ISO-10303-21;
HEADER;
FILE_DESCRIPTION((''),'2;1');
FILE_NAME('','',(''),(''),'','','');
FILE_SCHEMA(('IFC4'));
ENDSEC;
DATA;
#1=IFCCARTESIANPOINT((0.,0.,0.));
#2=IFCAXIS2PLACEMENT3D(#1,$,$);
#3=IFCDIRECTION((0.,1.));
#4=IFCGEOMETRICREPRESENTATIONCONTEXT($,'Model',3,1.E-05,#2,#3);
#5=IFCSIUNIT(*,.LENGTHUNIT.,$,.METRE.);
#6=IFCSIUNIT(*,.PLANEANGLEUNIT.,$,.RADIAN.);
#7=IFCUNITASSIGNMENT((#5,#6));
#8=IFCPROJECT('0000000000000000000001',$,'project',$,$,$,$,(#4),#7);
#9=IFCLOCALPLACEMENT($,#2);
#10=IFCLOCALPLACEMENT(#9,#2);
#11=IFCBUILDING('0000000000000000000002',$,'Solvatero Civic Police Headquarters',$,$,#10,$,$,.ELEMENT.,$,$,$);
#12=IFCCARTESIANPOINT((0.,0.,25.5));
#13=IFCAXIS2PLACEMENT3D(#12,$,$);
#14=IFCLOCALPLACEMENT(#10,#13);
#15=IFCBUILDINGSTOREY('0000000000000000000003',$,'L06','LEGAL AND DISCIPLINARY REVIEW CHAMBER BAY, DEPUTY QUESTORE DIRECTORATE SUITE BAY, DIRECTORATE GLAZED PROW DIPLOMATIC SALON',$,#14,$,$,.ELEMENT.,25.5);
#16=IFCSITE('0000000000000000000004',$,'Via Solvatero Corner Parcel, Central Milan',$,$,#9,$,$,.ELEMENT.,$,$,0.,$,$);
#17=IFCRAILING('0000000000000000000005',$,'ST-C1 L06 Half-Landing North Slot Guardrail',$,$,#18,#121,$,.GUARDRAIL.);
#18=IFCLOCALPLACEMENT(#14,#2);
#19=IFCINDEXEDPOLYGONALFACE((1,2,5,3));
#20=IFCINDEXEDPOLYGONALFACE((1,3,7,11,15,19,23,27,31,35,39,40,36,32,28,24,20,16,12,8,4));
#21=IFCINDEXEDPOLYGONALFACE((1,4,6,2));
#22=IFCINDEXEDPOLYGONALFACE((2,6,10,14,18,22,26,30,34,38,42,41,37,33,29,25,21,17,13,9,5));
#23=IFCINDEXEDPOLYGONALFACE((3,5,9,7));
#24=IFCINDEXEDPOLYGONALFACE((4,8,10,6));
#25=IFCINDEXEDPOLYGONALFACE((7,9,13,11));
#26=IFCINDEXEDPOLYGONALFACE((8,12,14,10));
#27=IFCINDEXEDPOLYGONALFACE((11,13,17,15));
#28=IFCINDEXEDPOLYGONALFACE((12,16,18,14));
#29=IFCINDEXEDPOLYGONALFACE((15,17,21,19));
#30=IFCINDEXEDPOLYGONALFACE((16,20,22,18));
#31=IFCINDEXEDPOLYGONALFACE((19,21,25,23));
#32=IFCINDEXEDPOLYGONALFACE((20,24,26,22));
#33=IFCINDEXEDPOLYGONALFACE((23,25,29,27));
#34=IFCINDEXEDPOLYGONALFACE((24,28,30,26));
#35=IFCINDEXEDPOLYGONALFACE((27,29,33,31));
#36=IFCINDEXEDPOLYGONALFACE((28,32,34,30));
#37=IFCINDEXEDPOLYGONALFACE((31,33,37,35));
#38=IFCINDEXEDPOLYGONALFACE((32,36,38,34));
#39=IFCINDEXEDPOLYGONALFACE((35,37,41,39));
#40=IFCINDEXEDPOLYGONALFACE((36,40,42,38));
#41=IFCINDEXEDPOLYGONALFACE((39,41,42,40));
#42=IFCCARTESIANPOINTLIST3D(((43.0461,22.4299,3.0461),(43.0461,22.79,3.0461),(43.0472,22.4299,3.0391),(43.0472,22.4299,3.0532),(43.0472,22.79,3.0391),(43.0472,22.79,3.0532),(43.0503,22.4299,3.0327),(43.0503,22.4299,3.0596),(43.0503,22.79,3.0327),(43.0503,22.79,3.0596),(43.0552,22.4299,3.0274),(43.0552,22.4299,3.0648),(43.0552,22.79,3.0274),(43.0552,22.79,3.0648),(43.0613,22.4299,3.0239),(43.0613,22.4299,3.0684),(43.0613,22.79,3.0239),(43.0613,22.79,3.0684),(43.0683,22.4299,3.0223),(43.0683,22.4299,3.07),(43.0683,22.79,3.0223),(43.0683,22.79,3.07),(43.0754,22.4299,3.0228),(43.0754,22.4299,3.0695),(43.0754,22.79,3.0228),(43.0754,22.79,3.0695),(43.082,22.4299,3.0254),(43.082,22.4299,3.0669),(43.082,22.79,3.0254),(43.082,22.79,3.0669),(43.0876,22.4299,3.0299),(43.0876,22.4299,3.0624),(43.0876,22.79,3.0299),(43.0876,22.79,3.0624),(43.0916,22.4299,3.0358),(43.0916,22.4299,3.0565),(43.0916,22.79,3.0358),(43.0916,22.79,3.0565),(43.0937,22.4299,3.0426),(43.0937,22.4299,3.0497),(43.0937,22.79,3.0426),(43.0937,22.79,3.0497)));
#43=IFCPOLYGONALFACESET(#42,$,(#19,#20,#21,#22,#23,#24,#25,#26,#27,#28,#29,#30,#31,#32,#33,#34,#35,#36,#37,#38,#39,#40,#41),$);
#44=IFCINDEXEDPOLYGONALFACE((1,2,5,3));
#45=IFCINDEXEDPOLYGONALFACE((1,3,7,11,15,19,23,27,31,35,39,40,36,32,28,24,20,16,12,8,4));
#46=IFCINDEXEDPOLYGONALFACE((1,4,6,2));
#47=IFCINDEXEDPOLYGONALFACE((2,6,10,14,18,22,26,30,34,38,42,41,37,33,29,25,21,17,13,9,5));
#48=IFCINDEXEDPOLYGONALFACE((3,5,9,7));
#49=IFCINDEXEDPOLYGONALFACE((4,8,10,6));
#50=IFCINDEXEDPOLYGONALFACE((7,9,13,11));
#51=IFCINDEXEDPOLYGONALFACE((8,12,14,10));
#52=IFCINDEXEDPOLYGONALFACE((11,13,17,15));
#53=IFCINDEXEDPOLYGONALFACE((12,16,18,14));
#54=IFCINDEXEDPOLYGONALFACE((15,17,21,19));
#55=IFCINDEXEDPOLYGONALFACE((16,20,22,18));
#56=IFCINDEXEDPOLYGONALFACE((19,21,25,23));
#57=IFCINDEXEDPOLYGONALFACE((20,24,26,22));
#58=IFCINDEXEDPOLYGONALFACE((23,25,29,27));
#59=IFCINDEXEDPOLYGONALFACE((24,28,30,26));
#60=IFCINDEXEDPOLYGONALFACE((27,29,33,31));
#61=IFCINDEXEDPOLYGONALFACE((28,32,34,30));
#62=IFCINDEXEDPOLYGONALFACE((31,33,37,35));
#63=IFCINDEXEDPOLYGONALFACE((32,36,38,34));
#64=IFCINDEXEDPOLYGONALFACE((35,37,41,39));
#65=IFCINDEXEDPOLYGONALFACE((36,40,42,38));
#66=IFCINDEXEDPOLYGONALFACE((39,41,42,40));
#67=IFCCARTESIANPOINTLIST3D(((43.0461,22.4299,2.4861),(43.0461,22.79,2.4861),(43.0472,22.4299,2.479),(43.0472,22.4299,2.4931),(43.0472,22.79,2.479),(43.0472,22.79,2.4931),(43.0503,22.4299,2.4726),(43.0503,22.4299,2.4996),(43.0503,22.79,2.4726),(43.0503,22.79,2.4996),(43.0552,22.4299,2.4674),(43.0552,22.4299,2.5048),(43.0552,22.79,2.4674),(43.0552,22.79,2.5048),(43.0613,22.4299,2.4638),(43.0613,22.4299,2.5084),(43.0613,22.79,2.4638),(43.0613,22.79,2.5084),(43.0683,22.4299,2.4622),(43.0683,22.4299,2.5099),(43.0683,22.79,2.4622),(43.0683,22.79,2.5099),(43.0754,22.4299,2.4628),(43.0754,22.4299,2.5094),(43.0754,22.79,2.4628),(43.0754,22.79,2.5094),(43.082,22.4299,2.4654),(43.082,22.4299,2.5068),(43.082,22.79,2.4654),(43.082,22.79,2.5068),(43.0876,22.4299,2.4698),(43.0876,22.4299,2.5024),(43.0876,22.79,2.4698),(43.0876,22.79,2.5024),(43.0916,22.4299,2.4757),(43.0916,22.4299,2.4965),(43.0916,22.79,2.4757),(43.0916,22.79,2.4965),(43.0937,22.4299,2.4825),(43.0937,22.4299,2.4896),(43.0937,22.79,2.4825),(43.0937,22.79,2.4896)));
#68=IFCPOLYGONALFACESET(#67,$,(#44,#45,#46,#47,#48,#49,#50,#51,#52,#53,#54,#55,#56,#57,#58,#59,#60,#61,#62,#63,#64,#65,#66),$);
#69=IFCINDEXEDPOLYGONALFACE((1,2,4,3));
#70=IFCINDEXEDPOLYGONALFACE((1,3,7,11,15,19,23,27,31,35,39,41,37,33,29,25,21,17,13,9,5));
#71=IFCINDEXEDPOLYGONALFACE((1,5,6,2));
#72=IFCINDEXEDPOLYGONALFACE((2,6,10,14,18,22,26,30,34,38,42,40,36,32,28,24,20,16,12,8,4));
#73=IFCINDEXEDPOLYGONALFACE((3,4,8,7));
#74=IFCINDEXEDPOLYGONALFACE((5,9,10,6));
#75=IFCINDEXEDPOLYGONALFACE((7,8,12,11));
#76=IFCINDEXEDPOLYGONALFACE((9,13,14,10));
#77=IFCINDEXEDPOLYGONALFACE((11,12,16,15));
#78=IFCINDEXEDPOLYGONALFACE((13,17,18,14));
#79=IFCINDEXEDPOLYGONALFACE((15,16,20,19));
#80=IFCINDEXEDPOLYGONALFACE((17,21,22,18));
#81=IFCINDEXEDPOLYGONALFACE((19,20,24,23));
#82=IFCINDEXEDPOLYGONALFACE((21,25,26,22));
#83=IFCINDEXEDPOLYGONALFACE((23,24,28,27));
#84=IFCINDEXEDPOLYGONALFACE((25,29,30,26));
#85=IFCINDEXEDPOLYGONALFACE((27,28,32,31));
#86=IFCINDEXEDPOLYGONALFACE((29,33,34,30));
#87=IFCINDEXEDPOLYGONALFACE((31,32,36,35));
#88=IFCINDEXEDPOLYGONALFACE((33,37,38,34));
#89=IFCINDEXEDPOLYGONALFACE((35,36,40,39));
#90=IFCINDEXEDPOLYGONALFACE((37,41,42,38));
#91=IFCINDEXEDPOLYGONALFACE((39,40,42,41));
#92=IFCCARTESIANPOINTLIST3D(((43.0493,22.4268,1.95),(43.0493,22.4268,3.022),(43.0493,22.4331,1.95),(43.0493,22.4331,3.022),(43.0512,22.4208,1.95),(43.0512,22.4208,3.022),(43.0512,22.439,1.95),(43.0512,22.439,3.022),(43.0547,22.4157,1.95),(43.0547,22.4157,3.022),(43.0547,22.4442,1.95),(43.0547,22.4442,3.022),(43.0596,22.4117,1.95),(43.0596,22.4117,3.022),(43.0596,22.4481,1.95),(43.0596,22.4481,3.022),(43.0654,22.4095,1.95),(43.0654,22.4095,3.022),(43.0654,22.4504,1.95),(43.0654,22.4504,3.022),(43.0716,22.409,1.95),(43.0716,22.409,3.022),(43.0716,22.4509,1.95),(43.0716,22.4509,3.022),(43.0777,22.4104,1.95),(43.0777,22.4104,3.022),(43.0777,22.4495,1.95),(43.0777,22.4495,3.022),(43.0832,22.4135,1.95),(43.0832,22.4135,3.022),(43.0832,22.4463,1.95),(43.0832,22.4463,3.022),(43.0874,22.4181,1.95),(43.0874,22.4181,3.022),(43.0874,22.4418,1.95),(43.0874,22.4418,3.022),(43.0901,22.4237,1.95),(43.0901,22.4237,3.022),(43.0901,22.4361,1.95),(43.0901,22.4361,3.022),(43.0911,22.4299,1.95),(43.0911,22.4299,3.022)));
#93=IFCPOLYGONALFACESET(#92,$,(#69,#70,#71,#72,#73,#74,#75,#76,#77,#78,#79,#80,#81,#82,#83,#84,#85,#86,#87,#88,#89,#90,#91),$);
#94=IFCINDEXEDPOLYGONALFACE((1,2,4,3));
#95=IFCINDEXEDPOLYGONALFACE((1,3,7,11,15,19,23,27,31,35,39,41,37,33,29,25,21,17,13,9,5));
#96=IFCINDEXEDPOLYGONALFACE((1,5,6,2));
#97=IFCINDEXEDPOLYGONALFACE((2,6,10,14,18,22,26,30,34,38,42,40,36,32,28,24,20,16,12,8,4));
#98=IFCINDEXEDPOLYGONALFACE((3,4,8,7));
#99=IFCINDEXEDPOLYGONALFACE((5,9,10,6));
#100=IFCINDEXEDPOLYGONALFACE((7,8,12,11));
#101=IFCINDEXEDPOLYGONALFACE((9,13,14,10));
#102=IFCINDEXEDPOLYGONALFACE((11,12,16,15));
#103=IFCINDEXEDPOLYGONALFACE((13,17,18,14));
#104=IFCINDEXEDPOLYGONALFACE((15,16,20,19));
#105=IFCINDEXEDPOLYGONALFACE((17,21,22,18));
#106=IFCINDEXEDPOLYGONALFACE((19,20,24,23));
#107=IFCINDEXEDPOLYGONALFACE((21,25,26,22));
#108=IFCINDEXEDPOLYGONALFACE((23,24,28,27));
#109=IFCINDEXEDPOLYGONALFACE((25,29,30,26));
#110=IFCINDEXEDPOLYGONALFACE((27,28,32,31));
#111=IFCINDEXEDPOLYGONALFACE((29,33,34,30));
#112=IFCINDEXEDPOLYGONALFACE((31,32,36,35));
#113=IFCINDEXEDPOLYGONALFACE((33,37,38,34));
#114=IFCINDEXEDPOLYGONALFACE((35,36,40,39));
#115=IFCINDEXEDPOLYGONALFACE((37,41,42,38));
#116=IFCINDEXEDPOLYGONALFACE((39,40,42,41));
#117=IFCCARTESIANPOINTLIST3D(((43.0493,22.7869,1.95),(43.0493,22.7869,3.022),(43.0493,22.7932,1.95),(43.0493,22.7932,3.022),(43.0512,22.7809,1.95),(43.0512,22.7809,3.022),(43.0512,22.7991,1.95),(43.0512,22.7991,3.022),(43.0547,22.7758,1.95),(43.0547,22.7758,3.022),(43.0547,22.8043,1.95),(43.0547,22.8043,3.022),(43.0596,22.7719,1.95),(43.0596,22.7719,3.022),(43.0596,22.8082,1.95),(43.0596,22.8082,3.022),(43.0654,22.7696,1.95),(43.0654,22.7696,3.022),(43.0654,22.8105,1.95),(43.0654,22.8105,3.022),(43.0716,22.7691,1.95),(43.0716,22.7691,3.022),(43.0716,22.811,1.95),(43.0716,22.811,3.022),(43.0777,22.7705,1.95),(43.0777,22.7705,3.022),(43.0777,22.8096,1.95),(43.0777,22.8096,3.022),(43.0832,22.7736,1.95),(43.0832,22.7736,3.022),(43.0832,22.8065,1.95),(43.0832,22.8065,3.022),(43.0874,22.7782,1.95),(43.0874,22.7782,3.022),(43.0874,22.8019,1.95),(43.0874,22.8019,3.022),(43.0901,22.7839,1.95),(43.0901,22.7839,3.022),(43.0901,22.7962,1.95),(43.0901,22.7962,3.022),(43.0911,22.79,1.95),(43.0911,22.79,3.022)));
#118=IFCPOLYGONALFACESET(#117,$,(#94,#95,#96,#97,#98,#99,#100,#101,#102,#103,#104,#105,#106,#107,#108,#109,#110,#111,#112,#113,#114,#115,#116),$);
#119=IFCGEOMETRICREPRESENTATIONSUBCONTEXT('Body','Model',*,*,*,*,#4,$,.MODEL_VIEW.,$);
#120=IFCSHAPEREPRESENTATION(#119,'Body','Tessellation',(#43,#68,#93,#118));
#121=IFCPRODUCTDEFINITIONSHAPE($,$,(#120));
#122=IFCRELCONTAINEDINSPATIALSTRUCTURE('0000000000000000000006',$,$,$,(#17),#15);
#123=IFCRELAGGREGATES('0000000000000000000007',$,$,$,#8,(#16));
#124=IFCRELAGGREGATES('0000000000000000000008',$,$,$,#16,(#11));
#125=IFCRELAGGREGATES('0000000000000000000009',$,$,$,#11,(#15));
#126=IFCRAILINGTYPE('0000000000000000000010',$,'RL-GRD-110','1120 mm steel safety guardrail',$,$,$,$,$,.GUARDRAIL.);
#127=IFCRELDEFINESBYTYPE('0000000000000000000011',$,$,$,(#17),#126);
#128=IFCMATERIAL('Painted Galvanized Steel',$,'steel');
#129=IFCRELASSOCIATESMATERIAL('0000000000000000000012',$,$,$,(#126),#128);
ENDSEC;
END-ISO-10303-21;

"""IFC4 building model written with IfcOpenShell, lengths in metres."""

from ifc_helpers import new_model, si_unit, direction, frame, origin, origin_2d, place, context, subcontext, project, spatial, circle, extrude, material, type_object, element, save


model = new_model("IFC4")

# Units and contexts
model_context = context("Model", 3, precision=1e-05, world=origin(), true_north=direction((0.0, 1.0)))
body_context = subcontext(model_context, "Body", "Model", "MODEL_VIEW")
ifc_project = project(units=[si_unit("LENGTHUNIT", "METRE"), si_unit("PLANEANGLEUNIT", "RADIAN")], contexts=[model_context])

# Site, building, storey
site_placement = place(None, origin())
site = spatial("IfcSite", under=ifc_project, at=site_placement, Name="Via Solvatero Corner Parcel, Central Milan", CompositionType="ELEMENT", RefElevation=0.0)
building_placement = place(site_placement, origin())
building = spatial("IfcBuilding", under=site, at=building_placement, Name="Solvatero Civic Police Headquarters", CompositionType="ELEMENT")
storey_placement = place(building_placement, frame((0.0, 0.0, 25.5)))
storey = spatial("IfcBuildingStorey", under=building, at=storey_placement, Name="L06", Description="LEGAL AND DISCIPLINARY REVIEW CHAMBER BAY, DEPUTY QUESTORE DIRECTORATE SUITE BAY, DIRECTORATE GLAZED PROW DIPLOMATIC SALON", CompositionType="ELEMENT", Elevation=25.5)

# Railing
ifc_material_1 = material(Name="Painted Galvanized Steel", Category="steel")
railing_type_1 = type_object("IfcRailingType", Name="RL-GRD-110", Description="1120 mm steel safety guardrail", PredefinedType="GUARDRAIL", material=ifc_material_1)
railing_1_placement = place(storey_placement, frame((43.0701, 22.4299, 1.95)))
element("IfcRailing", 1, at=railing_1_placement, inside=storey, type_object=railing_type_1, Name="ST-C1 L06 Half-Landing North Slot Guardrail", PredefinedType="GUARDRAIL", context=body_context, shape_type="SweptSolid", body=[
    extrude(circle(Radius=0.0239, at=origin_2d()), frame((0.0, 0.0, 1.0962), z_axis=(0.0, 1.0, 0.0), x_axis=(-1.0, 0.0, 0.0)), (0.0, 0.0, 1.0), 0.3601),
    extrude(circle(Radius=0.0239, at=origin_2d()), frame((0.0, 0.0, 0.5361), z_axis=(0.0, 1.0, 0.0), x_axis=(-1.0, 0.0, 0.0)), (0.0, 0.0, 1.0), 0.3601),
    extrude(circle(Radius=0.021, at=origin_2d()), origin(), (0.0, 0.0, 1.0), 1.072),
    extrude(circle(Radius=0.021, at=origin_2d()), frame((0.0, 0.3601, 0.0)), (0.0, 0.0, 1.0), 1.072),
])

save(model, "model.ifc")
